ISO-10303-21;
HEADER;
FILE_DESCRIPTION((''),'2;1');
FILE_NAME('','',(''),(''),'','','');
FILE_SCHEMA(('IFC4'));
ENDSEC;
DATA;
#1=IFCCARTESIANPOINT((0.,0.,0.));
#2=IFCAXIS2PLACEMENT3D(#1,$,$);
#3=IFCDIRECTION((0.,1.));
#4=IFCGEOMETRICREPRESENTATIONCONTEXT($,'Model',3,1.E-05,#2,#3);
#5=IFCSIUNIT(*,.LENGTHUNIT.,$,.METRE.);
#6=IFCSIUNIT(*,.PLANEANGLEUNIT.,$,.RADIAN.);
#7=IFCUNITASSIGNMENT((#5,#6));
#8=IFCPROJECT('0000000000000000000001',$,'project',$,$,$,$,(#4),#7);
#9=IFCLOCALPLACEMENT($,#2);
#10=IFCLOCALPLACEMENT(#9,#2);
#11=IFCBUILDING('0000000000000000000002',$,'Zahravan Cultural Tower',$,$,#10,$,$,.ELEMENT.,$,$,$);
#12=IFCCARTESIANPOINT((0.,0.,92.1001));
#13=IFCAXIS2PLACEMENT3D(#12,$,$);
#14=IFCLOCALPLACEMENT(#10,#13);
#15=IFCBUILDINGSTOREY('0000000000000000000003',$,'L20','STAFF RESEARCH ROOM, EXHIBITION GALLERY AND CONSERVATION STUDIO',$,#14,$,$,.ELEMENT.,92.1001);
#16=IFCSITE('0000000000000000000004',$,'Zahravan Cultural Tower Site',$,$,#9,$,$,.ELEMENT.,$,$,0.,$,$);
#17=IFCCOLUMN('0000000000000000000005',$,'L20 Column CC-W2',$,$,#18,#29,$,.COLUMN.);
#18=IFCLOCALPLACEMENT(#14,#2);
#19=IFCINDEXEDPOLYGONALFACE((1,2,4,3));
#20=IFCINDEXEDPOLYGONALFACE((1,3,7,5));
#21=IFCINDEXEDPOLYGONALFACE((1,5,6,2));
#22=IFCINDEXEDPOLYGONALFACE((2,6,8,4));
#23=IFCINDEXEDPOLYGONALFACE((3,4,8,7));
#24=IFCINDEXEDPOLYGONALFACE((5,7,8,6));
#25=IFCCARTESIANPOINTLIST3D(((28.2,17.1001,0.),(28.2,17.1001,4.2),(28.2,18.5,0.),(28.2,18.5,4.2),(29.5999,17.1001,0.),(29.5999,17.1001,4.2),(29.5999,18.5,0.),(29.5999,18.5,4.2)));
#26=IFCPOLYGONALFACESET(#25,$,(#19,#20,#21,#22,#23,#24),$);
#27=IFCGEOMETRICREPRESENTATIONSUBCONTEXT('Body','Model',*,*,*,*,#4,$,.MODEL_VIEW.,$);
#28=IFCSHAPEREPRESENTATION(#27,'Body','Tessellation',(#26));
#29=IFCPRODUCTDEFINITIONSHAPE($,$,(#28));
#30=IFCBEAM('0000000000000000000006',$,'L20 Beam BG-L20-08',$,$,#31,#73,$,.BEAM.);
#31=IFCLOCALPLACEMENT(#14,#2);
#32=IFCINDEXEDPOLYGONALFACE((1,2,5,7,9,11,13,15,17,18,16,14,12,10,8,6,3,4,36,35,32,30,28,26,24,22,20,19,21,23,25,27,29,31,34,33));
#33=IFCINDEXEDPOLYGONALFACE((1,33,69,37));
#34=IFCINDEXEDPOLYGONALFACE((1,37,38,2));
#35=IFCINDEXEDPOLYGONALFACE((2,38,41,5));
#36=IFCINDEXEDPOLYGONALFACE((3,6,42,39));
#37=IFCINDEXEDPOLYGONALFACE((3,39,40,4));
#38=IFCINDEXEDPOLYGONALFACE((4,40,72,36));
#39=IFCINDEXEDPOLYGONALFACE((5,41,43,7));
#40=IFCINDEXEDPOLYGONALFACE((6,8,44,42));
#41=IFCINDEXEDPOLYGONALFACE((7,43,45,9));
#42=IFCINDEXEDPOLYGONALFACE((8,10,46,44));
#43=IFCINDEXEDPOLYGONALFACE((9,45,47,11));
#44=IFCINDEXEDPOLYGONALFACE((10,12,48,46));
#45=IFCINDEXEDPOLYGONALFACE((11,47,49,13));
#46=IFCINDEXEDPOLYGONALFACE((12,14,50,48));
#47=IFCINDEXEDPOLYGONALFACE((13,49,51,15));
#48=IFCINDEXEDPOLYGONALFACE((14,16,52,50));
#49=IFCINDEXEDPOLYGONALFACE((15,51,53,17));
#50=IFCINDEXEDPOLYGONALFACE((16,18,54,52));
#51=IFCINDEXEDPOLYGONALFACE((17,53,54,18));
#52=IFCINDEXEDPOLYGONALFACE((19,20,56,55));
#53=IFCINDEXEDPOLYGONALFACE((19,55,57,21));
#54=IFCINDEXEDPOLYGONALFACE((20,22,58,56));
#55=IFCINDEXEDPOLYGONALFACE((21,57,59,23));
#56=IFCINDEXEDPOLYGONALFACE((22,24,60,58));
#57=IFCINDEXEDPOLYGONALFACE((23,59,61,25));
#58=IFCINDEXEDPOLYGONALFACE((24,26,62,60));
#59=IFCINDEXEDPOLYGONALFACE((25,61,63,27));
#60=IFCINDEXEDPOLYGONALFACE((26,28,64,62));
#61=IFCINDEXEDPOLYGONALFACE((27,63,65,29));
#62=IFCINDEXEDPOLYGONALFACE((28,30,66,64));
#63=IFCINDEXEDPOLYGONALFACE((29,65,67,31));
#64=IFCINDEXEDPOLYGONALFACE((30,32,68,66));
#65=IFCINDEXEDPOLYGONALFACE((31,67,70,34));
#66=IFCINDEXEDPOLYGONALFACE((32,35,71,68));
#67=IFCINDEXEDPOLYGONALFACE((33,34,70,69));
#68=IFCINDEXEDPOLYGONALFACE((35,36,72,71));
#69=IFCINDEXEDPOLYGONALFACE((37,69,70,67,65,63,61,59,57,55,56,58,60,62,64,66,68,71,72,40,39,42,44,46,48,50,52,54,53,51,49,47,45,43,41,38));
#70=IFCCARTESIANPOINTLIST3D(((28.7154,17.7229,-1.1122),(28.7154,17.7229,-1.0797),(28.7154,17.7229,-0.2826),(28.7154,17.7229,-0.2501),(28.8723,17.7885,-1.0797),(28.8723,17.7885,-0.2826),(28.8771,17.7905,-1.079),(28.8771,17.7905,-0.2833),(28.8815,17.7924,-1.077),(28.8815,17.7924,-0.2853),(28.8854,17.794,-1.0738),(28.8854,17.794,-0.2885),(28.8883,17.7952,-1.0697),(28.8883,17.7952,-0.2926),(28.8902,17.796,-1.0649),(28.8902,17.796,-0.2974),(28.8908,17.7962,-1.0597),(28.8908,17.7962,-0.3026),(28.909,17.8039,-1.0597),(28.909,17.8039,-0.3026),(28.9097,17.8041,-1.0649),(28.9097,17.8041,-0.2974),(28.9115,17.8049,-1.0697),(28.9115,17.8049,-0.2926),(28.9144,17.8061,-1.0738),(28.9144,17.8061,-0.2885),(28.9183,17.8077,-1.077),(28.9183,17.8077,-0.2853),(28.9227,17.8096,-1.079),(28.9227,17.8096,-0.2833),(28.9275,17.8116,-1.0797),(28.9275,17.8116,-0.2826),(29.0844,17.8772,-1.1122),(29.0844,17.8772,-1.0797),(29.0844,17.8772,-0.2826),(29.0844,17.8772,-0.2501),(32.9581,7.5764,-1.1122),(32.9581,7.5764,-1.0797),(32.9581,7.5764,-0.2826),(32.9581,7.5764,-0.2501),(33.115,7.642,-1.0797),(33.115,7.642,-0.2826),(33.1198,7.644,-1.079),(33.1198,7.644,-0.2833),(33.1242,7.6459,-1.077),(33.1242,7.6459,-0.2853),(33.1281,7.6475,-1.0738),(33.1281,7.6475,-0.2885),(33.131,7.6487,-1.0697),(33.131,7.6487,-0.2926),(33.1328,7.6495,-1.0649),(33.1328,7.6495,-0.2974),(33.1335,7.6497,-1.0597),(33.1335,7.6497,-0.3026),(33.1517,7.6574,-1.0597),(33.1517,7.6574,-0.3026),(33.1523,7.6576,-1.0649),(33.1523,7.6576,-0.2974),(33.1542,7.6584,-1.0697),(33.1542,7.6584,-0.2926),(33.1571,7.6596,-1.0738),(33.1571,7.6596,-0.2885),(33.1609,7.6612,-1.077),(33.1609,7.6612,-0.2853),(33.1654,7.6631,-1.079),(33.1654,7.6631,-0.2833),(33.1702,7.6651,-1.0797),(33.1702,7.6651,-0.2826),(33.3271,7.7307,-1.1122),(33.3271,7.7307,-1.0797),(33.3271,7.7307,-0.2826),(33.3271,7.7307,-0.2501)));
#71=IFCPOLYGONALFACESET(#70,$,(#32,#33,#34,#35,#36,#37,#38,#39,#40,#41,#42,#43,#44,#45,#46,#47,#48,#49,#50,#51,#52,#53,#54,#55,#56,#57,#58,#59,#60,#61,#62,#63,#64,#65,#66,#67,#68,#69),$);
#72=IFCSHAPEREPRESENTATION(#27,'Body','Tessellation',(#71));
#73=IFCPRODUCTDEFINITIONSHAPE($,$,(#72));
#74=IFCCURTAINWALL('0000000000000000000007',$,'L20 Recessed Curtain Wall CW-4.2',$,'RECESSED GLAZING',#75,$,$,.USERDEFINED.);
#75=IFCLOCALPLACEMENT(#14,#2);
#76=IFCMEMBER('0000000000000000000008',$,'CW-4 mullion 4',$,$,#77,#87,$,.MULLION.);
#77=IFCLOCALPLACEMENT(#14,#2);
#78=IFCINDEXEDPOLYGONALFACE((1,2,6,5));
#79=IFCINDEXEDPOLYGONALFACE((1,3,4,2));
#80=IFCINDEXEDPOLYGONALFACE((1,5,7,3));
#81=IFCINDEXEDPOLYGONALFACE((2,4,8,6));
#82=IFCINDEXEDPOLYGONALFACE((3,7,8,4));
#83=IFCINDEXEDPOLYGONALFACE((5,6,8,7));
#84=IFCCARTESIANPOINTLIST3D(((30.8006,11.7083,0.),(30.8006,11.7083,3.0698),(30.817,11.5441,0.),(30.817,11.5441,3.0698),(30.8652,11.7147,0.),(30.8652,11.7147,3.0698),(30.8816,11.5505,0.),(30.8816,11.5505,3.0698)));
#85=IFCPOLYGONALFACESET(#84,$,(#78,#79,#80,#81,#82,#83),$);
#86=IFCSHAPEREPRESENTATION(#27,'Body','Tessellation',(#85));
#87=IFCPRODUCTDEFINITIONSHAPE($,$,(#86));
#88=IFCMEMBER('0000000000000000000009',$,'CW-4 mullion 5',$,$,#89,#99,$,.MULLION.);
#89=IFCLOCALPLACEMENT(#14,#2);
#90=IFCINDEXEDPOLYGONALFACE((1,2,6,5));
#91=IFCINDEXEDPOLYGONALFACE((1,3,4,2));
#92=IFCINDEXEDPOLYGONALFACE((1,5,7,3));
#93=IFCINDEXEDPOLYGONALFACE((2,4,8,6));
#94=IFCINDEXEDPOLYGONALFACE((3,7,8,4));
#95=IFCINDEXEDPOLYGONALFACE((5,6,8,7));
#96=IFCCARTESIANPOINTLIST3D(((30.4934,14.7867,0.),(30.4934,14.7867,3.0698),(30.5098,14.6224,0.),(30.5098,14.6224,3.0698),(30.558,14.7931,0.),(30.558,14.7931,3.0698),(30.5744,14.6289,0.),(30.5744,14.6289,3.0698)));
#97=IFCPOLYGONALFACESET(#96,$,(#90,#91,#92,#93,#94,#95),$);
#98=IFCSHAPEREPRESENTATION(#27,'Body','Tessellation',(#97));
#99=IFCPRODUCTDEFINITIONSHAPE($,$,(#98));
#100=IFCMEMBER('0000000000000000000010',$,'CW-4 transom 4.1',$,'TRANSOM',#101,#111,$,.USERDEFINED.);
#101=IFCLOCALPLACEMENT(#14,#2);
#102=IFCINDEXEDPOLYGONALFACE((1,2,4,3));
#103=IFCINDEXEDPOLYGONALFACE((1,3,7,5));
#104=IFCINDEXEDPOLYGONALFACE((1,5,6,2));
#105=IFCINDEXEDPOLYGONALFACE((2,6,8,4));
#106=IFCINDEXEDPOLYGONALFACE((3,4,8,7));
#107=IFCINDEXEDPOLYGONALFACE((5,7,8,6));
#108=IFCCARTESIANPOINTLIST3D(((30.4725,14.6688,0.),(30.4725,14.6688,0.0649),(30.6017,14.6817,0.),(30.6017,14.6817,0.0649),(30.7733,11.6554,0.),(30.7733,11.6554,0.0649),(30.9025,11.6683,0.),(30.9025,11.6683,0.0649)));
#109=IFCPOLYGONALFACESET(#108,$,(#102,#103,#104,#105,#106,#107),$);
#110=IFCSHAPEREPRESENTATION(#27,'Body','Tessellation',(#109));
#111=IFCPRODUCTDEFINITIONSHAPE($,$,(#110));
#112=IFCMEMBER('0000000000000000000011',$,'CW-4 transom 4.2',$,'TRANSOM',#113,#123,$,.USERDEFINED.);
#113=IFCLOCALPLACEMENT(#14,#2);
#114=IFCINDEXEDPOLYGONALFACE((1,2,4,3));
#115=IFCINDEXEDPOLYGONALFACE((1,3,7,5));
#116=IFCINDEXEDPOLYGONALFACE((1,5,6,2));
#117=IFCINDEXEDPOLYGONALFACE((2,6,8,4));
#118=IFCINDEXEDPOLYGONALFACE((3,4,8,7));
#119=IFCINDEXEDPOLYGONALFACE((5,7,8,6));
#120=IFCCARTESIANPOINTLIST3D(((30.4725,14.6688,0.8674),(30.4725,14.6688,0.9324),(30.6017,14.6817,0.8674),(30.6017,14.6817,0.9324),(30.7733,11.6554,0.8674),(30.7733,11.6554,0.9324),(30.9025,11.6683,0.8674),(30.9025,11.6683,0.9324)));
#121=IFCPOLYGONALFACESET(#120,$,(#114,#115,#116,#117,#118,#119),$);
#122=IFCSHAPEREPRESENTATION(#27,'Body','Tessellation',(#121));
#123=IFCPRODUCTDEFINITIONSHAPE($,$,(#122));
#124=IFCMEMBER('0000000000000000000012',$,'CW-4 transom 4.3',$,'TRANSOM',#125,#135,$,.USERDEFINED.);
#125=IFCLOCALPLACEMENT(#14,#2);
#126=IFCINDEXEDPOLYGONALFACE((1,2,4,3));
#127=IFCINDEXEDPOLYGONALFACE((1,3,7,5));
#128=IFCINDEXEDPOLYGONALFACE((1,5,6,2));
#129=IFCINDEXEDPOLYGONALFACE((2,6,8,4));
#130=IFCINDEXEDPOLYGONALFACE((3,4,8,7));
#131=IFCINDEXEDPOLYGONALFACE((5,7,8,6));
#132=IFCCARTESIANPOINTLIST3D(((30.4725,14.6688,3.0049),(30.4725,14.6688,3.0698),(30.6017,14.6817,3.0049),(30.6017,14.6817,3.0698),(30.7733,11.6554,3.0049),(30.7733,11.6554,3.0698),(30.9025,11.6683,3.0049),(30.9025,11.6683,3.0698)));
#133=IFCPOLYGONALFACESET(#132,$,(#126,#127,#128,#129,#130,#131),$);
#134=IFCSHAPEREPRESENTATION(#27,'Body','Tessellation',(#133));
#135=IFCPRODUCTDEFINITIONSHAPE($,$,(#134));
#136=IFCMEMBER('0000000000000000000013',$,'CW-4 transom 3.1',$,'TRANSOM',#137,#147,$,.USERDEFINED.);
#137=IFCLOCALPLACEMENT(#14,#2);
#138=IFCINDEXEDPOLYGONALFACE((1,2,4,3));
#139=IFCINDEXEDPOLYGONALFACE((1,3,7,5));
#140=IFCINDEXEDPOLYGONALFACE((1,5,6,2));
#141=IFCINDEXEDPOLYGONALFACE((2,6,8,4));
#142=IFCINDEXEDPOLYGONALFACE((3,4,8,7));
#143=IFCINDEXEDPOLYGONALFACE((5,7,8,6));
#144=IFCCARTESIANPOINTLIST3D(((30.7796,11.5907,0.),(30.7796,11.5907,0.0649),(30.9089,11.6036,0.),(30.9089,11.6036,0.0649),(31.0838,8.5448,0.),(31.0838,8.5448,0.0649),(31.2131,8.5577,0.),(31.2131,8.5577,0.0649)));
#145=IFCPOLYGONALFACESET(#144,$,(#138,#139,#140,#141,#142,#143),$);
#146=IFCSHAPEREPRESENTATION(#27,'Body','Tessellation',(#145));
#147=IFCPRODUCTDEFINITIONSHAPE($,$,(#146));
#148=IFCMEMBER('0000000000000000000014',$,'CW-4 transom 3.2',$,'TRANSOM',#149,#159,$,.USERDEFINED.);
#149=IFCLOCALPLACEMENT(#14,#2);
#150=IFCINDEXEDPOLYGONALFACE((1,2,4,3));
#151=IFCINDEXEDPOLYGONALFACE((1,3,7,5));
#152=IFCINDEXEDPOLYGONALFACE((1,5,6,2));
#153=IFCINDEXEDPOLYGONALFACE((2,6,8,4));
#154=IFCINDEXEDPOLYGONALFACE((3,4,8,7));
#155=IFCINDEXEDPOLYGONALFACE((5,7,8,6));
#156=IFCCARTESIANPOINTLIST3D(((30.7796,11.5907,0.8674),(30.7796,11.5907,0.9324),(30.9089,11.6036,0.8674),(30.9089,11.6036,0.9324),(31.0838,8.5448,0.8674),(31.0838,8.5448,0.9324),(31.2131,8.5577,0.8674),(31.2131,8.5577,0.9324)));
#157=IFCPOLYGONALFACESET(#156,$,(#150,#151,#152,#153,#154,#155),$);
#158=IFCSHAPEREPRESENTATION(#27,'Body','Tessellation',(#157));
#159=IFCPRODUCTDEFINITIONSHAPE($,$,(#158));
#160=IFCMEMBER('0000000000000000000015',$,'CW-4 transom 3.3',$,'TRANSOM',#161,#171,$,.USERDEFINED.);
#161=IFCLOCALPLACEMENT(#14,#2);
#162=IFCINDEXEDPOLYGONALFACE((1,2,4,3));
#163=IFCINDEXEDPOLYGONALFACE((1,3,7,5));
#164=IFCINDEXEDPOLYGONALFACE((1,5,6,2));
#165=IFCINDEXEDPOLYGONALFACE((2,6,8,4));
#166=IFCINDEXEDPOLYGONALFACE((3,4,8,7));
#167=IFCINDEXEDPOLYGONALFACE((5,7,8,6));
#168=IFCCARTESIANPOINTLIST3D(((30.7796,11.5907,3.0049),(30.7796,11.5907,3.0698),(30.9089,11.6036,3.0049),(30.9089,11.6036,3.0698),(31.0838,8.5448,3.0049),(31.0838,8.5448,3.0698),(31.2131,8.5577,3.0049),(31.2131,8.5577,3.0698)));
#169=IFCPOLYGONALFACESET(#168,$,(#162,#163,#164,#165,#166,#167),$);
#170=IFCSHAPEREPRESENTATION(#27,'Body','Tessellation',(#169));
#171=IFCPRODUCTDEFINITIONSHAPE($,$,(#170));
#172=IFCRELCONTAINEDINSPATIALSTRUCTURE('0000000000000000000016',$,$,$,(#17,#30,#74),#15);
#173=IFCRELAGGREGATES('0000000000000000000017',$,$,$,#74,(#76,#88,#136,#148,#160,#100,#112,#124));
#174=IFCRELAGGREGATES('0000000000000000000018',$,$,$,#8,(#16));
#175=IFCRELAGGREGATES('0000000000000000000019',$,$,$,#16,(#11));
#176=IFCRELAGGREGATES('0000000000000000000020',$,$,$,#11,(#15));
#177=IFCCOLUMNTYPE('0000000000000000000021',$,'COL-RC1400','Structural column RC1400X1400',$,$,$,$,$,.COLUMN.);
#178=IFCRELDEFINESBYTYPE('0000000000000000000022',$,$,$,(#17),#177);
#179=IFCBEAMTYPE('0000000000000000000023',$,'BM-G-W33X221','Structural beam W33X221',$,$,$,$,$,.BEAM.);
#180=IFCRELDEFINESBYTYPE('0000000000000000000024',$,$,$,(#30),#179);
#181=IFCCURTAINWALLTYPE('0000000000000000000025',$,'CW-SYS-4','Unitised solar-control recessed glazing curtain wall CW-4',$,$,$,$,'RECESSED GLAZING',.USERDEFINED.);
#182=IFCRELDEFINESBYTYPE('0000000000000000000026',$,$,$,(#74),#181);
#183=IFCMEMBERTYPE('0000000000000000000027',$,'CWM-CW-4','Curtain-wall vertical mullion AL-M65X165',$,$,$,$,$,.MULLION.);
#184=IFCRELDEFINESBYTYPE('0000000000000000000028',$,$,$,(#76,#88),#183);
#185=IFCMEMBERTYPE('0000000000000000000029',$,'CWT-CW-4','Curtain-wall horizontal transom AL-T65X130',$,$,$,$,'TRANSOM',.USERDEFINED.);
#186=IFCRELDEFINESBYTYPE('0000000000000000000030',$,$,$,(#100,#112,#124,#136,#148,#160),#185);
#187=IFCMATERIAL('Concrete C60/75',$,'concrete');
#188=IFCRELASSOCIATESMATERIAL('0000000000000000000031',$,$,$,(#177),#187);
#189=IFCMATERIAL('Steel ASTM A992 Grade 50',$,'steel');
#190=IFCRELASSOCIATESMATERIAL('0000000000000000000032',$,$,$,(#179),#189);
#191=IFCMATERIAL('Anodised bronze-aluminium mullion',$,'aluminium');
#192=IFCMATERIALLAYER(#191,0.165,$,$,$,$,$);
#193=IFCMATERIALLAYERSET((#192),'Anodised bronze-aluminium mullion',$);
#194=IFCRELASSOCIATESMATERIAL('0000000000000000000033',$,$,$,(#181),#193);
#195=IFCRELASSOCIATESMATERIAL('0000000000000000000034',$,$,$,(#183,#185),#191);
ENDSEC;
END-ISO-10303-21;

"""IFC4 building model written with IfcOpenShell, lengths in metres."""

from ifc_helpers import new_model, si_unit, direction, frame, origin, origin_2d, place, context, subcontext, project, spatial, rectangle, i_section, extrude, source, transform, mapped, material, layer, layer_set, material_profile, profile_set, type_object, element, aggregate, save


model = new_model("IFC4")

# Units and contexts
model_context = context("Model", 3, precision=1e-05, world=origin(), true_north=direction((0.0, 1.0)))
body_context = subcontext(model_context, "Body", "Model", "MODEL_VIEW")
ifc_project = project(units=[si_unit("LENGTHUNIT", "METRE"), si_unit("PLANEANGLEUNIT", "RADIAN")], contexts=[model_context])

# Site, building, storey
site_placement = place(None, origin())
site = spatial("IfcSite", under=ifc_project, at=site_placement, Name="Zahravan Cultural Tower Site", CompositionType="ELEMENT", RefElevation=0.0)
building_placement = place(site_placement, origin())
building = spatial("IfcBuilding", under=site, at=building_placement, Name="Zahravan Cultural Tower", CompositionType="ELEMENT")
storey_placement = place(building_placement, frame((0.0, 0.0, 92.1001)))
storey = spatial("IfcBuildingStorey", under=building, at=storey_placement, Name="L20", Description="STAFF RESEARCH ROOM, EXHIBITION GALLERY AND CONSERVATION STUDIO", CompositionType="ELEMENT", Elevation=92.1001)

# Column
ifc_material_1 = material(Name="Concrete C60/75", Category="concrete")
ifc_material_profile_1 = material_profile(ifc_material_1, rectangle(XDim=1.3999, YDim=1.3999, at=origin_2d()), Name="RC1400X1400")
ifc_profile_set_1 = profile_set([ifc_material_profile_1], Name="Concrete C60/75")
column_type = type_object("IfcColumnType", Name="COL-RC1400", Description="Structural column RC1400X1400", PredefinedType="COLUMN", material=ifc_profile_set_1)
shared_shape_1 = source(origin(), body_context, "Body", "SweptSolid", [
    extrude(rectangle(XDim=1.3999, YDim=1.3999, at=origin_2d()), origin(), (0.0, 0.0, 1.0), 4.2),
])
column_placement = place(storey_placement, frame((28.8999, 17.8, 0.0), z_axis=(0.0, 0.0, 1.0), x_axis=(1.0, 0.0, 0.0)))
element("IfcColumn", 1, at=column_placement, inside=storey, type_object=column_type, Name="L20 Column CC-W2", PredefinedType="COLUMN", context=body_context, shape_type="MappedRepresentation", body=[
    mapped(shared_shape_1, transform((0.0, 0.0, 0.0), x_axis=(1.0, 0.0, 0.0), y_axis=(0.0, 1.0, 0.0), z_axis=(0.0, 0.0, 1.0), scale=1.0)),
])

# Beam
ifc_material_2 = material(Name="Steel ASTM A992 Grade 50", Category="steel")
ifc_material_profile_2 = material_profile(ifc_material_2, i_section(OverallWidth=0.3999, OverallDepth=0.8621, WebThickness=0.0198, FlangeThickness=0.0325, FilletRadius=0.02, at=origin_2d()), Name="W33X221")
ifc_profile_set_2 = profile_set([ifc_material_profile_2], Name="Steel ASTM A992 Grade 50")
beam_type = type_object("IfcBeamType", Name="BM-G-W33X221", Description="Structural beam W33X221", PredefinedType="BEAM", material=ifc_profile_set_2)
shared_shape_2 = source(origin(), body_context, "Body", "SweptSolid", [
    extrude(i_section(OverallWidth=0.3999, OverallDepth=0.8621, WebThickness=0.0198, FlangeThickness=0.0325, FilletRadius=0.02, at=origin_2d()), origin(), (0.0, 0.0, 1.0), 10.9978),
])
beam_placement = place(storey_placement, frame((28.8999, 17.8, -0.6812), z_axis=(0.385775, -0.922593, 0.0), x_axis=(0.922593, 0.385775, 0.0)))
element("IfcBeam", 2, at=beam_placement, inside=storey, type_object=beam_type, Name="L20 Beam BG-L20-08", PredefinedType="BEAM", context=body_context, shape_type="MappedRepresentation", body=[
    mapped(shared_shape_2, transform((0.0, 0.0, 0.0), x_axis=(1.0, 0.0, 0.0), y_axis=(0.0, 1.0, 0.0), z_axis=(0.0, 0.0, 1.0), scale=1.0)),
])

# Curtain wall, members
ifc_material_3 = material(Name="Anodised bronze-aluminium mullion", Category="aluminium")
ifc_layer_1 = layer(ifc_material_3, 0.165)
ifc_layer_set_1 = layer_set([ifc_layer_1], Name="Anodised bronze-aluminium mullion")
curtain_wall_type = type_object("IfcCurtainWallType", Name="CW-SYS-4", Description="Unitised solar-control recessed glazing curtain wall CW-4", ElementType="RECESSED GLAZING", PredefinedType="USERDEFINED", material=ifc_layer_set_1)
curtain_wall_placement = place(storey_placement, origin())
curtain_wall = element("IfcCurtainWall", 3, at=curtain_wall_placement, inside=storey, type_object=curtain_wall_type, Name="L20 Recessed Curtain Wall CW-4.2", ObjectType="RECESSED GLAZING", PredefinedType="USERDEFINED")
ifc_material_profile_3 = material_profile(ifc_material_3, rectangle(XDim=0.0649, YDim=0.165, at=origin_2d()), Name="AL-M65X165")
ifc_profile_set_3 = profile_set([ifc_material_profile_3], Name="Anodised bronze-aluminium mullion")
member_type_1 = type_object("IfcMemberType", Name="CWM-CW-4", Description="Curtain-wall vertical mullion AL-M65X165", PredefinedType="MULLION", material=ifc_profile_set_3)
shared_shape_3 = source(origin(), body_context, "Body", "SweptSolid", [
    extrude(rectangle(XDim=0.0649, YDim=0.165, at=origin_2d()), origin(), (0.0, 0.0, 1.0), 3.0698),
])
member_1_placement = place(storey_placement, frame((30.8411, 11.6294, 0.0), z_axis=(0.0, 0.0, 1.0), x_axis=(-0.995055, -0.099322, 0.0)))
member_1 = element("IfcMember", 4, at=member_1_placement, type_object=member_type_1, Name="CW-4 mullion 4", PredefinedType="MULLION", context=body_context, shape_type="MappedRepresentation", body=[
    mapped(shared_shape_3, transform((0.0, 0.0, 0.0), x_axis=(1.0, 0.0, 0.0), y_axis=(0.0, 1.0, 0.0), z_axis=(0.0, 0.0, 1.0), scale=1.0)),
])
member_2_placement = place(storey_placement, frame((30.5339, 14.7078, 0.0), z_axis=(0.0, 0.0, 1.0), x_axis=(-0.995055, -0.099322, 0.0)))
member_2 = element("IfcMember", 5, at=member_2_placement, type_object=member_type_1, Name="CW-4 mullion 5", PredefinedType="MULLION", context=body_context, shape_type="MappedRepresentation", body=[
    mapped(shared_shape_3, transform((0.0, 0.0, 0.0), x_axis=(1.0, 0.0, 0.0), y_axis=(0.0, 1.0, 0.0), z_axis=(0.0, 0.0, 1.0), scale=1.0)),
])
ifc_material_profile_4 = material_profile(ifc_material_3, rectangle(XDim=0.1299, YDim=0.0649, at=origin_2d()), Name="AL-T65X130")
ifc_profile_set_4 = profile_set([ifc_material_profile_4], Name="Anodised bronze-aluminium mullion")
member_type_2 = type_object("IfcMemberType", Name="CWT-CW-4", Description="Curtain-wall horizontal transom AL-T65X130", ElementType="TRANSOM", PredefinedType="USERDEFINED", material=ifc_profile_set_4)
shared_shape_4 = source(origin(), body_context, "Body", "SweptSolid", [
    extrude(rectangle(XDim=0.1299, YDim=0.0649, at=origin_2d()), origin(), (0.0, 0.0, 1.0), 3.0283),
])
member_3_placement = place(storey_placement, frame((30.8379, 11.6619, 0.0325), z_axis=(-0.09932, 0.995056, 0.0), x_axis=(-0.995056, -0.09932, 0.0)))
member_3 = element("IfcMember", 6, at=member_3_placement, type_object=member_type_2, Name="CW-4 transom 4.1", ObjectType="TRANSOM", PredefinedType="USERDEFINED", context=body_context, shape_type="MappedRepresentation", body=[
    mapped(shared_shape_4, transform((0.0, 0.0, 0.0), x_axis=(1.0, 0.0, 0.0), y_axis=(0.0, 1.0, 0.0), z_axis=(0.0, 0.0, 1.0), scale=1.0)),
])
member_4_placement = place(storey_placement, frame((30.8379, 11.6619, 0.8999), z_axis=(-0.09932, 0.995056, 0.0), x_axis=(-0.995056, -0.09932, 0.0)))
member_4 = element("IfcMember", 7, at=member_4_placement, type_object=member_type_2, Name="CW-4 transom 4.2", ObjectType="TRANSOM", PredefinedType="USERDEFINED", context=body_context, shape_type="MappedRepresentation", body=[
    mapped(shared_shape_4, transform((0.0, 0.0, 0.0), x_axis=(1.0, 0.0, 0.0), y_axis=(0.0, 1.0, 0.0), z_axis=(0.0, 0.0, 1.0), scale=1.0)),
])
member_5_placement = place(storey_placement, frame((30.8379, 11.6619, 3.0374), z_axis=(-0.09932, 0.995056, 0.0), x_axis=(-0.995056, -0.09932, 0.0)))
member_5 = element("IfcMember", 8, at=member_5_placement, type_object=member_type_2, Name="CW-4 transom 4.3", ObjectType="TRANSOM", PredefinedType="USERDEFINED", context=body_context, shape_type="MappedRepresentation", body=[
    mapped(shared_shape_4, transform((0.0, 0.0, 0.0), x_axis=(1.0, 0.0, 0.0), y_axis=(0.0, 1.0, 0.0), z_axis=(0.0, 0.0, 1.0), scale=1.0)),
])
shared_shape_5 = source(origin(), body_context, "Body", "SweptSolid", [
    extrude(rectangle(XDim=0.1299, YDim=0.0649, at=origin_2d()), origin(), (0.0, 0.0, 1.0), 3.061),
])
member_6_placement = place(storey_placement, frame((31.1484, 8.5513, 0.0325), z_axis=(-0.099377, 0.99505, 0.0), x_axis=(-0.99505, -0.099377, 0.0)))
member_6 = element("IfcMember", 9, at=member_6_placement, type_object=member_type_2, Name="CW-4 transom 3.1", ObjectType="TRANSOM", PredefinedType="USERDEFINED", context=body_context, shape_type="MappedRepresentation", body=[
    mapped(shared_shape_5, transform((0.0, 0.0, 0.0), x_axis=(1.0, 0.0, 0.0), y_axis=(0.0, 1.0, 0.0), z_axis=(0.0, 0.0, 1.0), scale=1.0)),
])
member_7_placement = place(storey_placement, frame((31.1484, 8.5513, 0.8999), z_axis=(-0.099377, 0.99505, 0.0), x_axis=(-0.99505, -0.099377, 0.0)))
member_7 = element("IfcMember", 10, at=member_7_placement, type_object=member_type_2, Name="CW-4 transom 3.2", ObjectType="TRANSOM", PredefinedType="USERDEFINED", context=body_context, shape_type="MappedRepresentation", body=[
    mapped(shared_shape_5, transform((0.0, 0.0, 0.0), x_axis=(1.0, 0.0, 0.0), y_axis=(0.0, 1.0, 0.0), z_axis=(0.0, 0.0, 1.0), scale=1.0)),
])
member_8_placement = place(storey_placement, frame((31.1484, 8.5513, 3.0374), z_axis=(-0.099377, 0.99505, 0.0), x_axis=(-0.99505, -0.099377, 0.0)))
member_8 = element("IfcMember", 11, at=member_8_placement, type_object=member_type_2, Name="CW-4 transom 3.3", ObjectType="TRANSOM", PredefinedType="USERDEFINED", context=body_context, shape_type="MappedRepresentation", body=[
    mapped(shared_shape_5, transform((0.0, 0.0, 0.0), x_axis=(1.0, 0.0, 0.0), y_axis=(0.0, 1.0, 0.0), z_axis=(0.0, 0.0, 1.0), scale=1.0)),
])
aggregate(curtain_wall, [member_1, member_2, member_6, member_7, member_8, member_3, member_4, member_5])

save(model, "model.ifc")
